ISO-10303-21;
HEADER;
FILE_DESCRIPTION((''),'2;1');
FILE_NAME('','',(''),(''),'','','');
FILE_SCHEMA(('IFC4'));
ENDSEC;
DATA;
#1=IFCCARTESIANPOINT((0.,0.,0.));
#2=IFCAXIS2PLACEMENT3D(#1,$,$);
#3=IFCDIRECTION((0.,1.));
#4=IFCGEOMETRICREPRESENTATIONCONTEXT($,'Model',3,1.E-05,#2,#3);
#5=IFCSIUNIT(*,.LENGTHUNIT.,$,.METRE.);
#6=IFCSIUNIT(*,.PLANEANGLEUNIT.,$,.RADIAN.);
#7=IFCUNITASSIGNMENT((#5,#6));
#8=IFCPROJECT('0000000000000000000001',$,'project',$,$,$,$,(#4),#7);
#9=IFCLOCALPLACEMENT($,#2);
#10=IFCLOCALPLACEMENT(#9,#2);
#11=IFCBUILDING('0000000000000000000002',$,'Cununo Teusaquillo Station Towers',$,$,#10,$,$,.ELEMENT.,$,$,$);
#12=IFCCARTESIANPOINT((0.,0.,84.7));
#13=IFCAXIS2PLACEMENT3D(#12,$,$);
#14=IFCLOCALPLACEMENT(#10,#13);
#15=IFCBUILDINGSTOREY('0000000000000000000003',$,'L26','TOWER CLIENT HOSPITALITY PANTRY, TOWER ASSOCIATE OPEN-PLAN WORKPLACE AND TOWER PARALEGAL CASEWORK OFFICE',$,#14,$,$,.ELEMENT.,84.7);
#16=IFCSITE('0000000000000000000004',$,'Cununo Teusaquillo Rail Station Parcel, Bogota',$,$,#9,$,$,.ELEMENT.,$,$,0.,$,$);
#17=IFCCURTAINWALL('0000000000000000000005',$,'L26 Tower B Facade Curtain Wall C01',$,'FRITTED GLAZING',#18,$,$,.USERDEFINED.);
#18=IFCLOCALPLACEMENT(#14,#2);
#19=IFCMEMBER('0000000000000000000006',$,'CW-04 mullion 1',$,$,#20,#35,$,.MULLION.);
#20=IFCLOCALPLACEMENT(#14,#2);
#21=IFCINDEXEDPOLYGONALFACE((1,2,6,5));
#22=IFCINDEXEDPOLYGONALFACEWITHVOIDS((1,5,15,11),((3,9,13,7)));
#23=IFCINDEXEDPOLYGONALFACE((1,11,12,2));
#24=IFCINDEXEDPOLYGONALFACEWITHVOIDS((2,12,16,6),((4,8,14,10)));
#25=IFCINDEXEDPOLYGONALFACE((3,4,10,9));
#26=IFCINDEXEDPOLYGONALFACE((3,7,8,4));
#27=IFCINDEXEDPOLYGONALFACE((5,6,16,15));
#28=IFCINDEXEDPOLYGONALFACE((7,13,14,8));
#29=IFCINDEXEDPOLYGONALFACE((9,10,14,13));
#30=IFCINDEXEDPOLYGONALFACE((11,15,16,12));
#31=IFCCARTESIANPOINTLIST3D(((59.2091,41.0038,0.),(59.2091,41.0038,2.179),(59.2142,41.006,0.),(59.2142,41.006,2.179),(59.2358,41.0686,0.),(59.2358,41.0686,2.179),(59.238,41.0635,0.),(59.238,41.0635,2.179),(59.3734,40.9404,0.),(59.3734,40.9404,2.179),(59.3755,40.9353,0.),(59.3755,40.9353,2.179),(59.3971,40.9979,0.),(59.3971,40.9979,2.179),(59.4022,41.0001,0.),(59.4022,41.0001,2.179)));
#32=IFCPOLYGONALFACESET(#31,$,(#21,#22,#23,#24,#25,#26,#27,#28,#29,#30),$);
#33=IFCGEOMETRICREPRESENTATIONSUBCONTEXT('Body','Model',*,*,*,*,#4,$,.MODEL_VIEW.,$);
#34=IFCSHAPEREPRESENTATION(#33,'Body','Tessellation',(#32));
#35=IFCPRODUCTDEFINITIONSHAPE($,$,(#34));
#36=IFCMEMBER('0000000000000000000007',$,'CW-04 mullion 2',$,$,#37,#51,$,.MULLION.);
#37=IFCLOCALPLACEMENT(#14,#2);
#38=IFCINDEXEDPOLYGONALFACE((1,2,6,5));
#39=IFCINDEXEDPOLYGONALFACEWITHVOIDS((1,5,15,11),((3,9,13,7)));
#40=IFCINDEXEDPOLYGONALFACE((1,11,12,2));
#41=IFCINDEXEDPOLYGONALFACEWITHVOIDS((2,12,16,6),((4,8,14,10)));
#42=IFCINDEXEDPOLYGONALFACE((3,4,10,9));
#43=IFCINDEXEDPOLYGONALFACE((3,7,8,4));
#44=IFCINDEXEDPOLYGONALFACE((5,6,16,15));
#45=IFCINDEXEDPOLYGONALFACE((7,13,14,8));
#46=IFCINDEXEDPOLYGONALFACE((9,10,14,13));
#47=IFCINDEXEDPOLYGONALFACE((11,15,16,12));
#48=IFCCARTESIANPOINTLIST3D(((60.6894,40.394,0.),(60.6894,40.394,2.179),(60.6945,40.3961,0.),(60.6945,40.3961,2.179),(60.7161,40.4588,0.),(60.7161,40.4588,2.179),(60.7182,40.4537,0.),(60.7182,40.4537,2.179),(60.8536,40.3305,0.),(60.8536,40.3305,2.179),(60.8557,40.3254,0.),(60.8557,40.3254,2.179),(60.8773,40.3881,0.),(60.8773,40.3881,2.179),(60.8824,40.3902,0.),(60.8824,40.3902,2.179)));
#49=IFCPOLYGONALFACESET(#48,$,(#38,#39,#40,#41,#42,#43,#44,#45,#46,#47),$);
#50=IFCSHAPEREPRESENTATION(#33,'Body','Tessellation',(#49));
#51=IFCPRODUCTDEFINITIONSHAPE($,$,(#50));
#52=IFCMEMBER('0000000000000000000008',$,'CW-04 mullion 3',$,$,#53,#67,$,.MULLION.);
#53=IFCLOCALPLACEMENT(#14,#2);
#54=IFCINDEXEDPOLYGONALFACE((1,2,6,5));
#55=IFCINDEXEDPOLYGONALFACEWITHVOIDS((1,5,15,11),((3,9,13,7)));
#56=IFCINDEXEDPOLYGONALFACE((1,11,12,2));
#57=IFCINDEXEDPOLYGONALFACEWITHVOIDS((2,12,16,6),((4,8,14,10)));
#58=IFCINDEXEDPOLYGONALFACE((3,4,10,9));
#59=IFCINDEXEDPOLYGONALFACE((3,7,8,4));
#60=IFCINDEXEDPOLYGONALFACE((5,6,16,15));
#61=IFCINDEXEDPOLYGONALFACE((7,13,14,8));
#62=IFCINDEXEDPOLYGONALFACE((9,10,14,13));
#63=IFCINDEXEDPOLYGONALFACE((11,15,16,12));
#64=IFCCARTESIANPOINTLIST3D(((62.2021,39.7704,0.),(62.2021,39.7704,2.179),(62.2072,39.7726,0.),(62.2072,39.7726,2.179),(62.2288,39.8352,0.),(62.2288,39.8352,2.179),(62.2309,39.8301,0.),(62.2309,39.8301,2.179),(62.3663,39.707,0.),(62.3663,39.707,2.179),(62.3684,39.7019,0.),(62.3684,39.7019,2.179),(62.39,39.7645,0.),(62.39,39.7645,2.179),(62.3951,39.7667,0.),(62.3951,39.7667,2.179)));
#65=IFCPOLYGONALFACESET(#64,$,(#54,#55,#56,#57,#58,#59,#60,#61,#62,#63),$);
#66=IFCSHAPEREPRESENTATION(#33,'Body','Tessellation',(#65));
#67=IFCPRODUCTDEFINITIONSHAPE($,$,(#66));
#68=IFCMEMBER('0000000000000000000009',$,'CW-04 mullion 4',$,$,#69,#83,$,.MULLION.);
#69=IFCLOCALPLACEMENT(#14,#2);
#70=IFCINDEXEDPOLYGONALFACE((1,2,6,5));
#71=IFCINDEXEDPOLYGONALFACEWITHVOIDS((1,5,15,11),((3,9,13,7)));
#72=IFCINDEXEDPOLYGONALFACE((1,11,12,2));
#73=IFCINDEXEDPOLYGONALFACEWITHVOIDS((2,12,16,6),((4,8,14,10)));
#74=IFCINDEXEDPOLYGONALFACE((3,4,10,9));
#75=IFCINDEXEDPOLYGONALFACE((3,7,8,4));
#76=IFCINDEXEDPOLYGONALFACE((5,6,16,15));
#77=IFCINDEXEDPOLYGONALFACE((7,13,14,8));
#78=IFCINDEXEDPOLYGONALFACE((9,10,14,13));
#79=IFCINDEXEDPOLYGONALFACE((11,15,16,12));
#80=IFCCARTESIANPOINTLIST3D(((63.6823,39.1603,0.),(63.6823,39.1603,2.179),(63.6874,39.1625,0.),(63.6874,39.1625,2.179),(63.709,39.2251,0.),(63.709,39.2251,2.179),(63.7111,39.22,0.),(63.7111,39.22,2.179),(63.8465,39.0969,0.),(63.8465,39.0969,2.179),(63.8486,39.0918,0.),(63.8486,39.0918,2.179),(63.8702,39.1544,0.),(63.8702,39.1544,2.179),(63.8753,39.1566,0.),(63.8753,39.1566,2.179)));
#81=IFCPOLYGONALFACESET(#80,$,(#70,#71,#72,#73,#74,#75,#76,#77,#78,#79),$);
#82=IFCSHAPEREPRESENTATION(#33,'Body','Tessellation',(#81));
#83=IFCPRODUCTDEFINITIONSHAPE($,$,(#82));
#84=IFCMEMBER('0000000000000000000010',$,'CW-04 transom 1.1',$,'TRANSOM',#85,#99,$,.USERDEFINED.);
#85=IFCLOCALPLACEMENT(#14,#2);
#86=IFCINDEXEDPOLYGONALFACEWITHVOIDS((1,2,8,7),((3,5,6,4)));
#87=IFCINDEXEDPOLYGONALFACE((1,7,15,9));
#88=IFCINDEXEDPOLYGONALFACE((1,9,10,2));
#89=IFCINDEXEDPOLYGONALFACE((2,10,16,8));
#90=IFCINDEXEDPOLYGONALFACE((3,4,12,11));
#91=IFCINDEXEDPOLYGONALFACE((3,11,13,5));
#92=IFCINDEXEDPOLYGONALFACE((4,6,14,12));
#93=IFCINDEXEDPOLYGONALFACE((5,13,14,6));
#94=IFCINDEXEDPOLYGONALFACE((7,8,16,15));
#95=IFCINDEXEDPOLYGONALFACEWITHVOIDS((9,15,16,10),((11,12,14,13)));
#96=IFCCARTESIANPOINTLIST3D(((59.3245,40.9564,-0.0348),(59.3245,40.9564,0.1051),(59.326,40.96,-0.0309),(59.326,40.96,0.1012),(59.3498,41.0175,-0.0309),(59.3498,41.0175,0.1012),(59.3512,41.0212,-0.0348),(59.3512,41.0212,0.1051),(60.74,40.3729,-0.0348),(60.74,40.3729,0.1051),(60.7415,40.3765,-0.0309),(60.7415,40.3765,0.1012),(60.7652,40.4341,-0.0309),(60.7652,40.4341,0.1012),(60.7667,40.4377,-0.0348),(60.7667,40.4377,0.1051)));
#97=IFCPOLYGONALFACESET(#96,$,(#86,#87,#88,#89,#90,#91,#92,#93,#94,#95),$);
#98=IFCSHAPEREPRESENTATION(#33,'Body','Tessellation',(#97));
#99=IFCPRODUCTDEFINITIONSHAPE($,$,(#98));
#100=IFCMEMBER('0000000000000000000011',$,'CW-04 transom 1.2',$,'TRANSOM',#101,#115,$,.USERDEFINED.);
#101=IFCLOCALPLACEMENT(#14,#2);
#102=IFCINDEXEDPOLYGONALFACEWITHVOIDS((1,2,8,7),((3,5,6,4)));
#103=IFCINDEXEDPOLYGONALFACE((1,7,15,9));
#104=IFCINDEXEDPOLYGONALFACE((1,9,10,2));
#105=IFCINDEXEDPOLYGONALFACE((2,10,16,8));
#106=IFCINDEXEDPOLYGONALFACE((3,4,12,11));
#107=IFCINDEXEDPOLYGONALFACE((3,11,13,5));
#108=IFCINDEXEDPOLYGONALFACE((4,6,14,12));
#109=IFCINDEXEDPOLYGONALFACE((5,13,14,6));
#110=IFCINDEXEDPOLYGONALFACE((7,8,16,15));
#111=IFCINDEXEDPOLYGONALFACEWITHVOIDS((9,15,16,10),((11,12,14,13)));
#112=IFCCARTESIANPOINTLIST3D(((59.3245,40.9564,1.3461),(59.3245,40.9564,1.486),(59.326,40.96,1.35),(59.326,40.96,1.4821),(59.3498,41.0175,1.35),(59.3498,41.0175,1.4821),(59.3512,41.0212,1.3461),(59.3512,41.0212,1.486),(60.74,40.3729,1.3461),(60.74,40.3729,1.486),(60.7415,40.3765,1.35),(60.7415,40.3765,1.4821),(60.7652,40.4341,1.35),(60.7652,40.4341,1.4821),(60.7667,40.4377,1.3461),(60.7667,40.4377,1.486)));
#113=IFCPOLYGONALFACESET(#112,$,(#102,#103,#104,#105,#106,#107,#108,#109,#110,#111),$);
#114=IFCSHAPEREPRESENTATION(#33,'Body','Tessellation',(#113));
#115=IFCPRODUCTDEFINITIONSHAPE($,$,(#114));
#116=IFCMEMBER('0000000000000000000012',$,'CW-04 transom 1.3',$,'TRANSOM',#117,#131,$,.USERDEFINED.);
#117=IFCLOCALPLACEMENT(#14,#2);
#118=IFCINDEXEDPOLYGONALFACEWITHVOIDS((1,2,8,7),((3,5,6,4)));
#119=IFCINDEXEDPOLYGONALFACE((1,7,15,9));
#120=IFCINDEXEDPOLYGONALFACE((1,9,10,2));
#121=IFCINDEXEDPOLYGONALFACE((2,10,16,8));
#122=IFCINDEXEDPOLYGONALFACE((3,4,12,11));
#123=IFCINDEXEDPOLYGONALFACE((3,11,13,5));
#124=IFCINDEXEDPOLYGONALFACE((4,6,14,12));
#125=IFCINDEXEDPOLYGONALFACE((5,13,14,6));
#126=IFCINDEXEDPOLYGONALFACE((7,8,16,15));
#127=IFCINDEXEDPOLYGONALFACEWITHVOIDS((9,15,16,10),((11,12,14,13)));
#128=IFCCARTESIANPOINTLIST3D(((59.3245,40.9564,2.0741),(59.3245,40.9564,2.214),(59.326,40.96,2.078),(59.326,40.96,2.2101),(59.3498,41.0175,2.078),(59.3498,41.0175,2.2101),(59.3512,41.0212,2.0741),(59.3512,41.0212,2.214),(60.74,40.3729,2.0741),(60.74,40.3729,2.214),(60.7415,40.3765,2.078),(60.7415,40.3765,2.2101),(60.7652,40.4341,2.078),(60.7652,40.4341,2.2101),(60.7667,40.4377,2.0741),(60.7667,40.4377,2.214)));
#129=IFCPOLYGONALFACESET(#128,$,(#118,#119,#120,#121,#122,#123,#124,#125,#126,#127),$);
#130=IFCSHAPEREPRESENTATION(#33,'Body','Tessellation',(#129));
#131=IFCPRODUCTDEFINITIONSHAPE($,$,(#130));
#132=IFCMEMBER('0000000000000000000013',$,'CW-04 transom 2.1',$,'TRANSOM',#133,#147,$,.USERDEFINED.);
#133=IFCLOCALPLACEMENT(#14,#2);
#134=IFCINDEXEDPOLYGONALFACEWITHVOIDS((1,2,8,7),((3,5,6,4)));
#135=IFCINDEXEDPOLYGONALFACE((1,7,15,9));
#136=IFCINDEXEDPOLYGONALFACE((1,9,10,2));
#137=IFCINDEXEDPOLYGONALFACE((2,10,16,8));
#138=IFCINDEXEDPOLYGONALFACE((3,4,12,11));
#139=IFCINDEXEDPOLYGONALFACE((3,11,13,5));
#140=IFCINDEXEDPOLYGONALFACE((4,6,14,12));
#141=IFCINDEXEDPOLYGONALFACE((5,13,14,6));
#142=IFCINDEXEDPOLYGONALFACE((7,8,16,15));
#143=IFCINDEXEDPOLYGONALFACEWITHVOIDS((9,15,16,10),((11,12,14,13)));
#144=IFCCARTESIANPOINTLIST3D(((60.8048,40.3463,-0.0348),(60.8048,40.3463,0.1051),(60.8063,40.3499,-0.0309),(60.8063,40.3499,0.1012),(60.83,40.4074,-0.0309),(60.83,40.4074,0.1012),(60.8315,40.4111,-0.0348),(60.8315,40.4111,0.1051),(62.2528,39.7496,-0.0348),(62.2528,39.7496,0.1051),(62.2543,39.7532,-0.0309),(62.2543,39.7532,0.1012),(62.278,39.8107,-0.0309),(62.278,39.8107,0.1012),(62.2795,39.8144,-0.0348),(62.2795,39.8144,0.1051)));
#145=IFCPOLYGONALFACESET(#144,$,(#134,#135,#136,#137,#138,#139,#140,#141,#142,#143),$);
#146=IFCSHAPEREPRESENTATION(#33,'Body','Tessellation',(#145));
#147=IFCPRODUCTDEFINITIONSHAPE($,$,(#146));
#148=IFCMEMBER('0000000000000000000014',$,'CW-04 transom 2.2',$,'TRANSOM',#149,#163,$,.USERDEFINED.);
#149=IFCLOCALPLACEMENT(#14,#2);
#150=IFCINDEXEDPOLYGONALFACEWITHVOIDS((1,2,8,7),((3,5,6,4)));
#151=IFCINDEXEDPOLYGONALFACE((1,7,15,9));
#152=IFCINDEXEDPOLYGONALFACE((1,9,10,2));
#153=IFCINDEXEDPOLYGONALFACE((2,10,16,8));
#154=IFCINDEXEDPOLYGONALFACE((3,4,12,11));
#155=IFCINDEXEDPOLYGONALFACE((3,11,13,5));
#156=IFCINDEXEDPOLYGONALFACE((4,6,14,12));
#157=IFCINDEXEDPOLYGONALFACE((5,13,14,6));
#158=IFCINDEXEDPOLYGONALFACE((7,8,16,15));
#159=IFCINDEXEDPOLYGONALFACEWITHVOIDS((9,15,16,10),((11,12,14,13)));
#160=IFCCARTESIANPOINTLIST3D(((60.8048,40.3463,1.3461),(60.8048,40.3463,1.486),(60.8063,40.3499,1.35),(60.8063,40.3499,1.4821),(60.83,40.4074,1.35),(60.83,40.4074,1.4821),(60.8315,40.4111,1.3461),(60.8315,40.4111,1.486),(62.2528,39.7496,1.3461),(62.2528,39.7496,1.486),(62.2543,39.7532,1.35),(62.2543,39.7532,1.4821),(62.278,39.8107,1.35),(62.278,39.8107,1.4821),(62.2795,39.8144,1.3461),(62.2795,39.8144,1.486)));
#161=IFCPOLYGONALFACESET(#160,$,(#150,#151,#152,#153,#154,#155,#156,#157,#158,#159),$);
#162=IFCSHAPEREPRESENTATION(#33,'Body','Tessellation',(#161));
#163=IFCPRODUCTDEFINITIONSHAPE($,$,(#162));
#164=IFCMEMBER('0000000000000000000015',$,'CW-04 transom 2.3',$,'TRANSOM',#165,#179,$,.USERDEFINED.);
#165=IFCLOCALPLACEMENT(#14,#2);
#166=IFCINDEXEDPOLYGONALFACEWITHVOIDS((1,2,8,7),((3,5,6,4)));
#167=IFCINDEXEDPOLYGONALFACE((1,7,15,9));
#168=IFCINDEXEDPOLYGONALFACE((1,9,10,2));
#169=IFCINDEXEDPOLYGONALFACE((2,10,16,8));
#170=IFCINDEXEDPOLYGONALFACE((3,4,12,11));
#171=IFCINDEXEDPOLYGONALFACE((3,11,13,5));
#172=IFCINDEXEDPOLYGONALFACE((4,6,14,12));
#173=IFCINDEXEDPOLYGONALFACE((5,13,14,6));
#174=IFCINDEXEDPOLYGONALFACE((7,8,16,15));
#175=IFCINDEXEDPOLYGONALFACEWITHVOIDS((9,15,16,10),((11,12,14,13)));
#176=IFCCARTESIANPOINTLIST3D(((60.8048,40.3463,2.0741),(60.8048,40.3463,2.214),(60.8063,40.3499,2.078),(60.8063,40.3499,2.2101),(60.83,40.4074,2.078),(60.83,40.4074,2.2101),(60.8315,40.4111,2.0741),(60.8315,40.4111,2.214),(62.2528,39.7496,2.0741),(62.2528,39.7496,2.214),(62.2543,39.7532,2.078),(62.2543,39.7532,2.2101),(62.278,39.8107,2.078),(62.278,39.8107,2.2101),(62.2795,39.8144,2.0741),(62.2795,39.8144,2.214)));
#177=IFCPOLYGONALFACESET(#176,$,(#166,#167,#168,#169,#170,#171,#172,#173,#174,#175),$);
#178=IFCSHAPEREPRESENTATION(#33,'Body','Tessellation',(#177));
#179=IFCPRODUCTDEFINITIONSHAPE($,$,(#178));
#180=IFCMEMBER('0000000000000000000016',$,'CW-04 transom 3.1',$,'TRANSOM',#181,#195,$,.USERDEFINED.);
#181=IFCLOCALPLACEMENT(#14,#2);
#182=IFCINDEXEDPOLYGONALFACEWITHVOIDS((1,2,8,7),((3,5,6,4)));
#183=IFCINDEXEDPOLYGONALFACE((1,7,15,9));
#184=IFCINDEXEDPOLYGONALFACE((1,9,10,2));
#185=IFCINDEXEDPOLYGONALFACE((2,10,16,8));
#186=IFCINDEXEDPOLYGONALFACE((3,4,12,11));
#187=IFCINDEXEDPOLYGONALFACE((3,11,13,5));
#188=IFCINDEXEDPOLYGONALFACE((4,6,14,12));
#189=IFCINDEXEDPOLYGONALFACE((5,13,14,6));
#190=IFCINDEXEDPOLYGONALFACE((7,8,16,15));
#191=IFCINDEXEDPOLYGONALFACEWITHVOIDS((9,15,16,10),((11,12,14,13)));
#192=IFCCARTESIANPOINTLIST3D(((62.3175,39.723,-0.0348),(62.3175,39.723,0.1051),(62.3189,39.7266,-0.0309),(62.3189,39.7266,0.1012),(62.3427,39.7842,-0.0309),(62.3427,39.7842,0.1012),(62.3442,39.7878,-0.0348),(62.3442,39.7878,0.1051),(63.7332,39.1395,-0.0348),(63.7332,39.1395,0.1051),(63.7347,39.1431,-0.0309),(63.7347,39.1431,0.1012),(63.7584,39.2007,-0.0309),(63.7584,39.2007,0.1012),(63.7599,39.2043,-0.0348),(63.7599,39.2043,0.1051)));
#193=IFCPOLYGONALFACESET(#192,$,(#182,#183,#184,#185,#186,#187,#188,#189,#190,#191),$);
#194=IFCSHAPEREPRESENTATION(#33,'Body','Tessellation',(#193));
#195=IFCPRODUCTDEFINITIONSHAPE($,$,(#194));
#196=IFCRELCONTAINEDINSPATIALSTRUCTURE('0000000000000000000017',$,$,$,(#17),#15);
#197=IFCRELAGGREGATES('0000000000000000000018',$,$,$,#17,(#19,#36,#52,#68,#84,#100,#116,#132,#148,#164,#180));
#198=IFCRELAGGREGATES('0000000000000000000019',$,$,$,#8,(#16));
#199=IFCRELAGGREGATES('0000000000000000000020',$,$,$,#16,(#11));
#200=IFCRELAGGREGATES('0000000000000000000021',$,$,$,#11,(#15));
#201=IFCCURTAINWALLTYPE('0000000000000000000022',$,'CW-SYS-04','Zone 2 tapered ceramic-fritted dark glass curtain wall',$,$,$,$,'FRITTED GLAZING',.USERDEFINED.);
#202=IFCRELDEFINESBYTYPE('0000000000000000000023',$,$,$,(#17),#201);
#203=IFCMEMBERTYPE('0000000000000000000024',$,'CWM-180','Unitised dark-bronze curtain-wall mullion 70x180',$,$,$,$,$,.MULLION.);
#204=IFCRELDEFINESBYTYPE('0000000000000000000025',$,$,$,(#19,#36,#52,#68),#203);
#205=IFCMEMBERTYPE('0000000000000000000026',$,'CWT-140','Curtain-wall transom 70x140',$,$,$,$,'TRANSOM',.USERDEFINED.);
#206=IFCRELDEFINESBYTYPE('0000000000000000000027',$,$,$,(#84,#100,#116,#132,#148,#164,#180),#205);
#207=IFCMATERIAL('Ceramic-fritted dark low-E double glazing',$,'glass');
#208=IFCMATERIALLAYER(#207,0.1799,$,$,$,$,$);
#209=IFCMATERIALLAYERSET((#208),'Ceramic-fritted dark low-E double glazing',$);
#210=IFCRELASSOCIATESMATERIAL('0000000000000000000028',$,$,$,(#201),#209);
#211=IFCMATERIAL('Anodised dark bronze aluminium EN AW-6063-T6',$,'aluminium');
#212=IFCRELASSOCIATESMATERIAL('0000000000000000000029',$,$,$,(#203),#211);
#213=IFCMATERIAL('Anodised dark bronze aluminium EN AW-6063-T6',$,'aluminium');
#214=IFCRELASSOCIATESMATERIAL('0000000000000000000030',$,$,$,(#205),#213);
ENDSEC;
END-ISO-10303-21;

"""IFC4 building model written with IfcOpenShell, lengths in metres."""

from ifc_helpers import new_model, si_unit, direction, frame, origin, origin_2d, place, context, subcontext, project, spatial, hollow_rectangle, extrude, material, layer, layer_set, material_profile, profile_set, type_object, element, aggregate, save


model = new_model("IFC4")

# Units and contexts
model_context = context("Model", 3, precision=1e-05, world=origin(), true_north=direction((0.0, 1.0)))
body_context = subcontext(model_context, "Body", "Model", "MODEL_VIEW")
ifc_project = project(units=[si_unit("LENGTHUNIT", "METRE"), si_unit("PLANEANGLEUNIT", "RADIAN")], contexts=[model_context])

# Site, building, storey
site_placement = place(None, origin())
site = spatial("IfcSite", under=ifc_project, at=site_placement, Name="Cununo Teusaquillo Rail Station Parcel, Bogota", CompositionType="ELEMENT", RefElevation=0.0)
building_placement = place(site_placement, origin())
building = spatial("IfcBuilding", under=site, at=building_placement, Name="Cununo Teusaquillo Station Towers", CompositionType="ELEMENT")
storey_placement = place(building_placement, frame((0.0, 0.0, 84.7)))
storey = spatial("IfcBuildingStorey", under=building, at=storey_placement, Name="L26", Description="TOWER CLIENT HOSPITALITY PANTRY, TOWER ASSOCIATE OPEN-PLAN WORKPLACE AND TOWER PARALEGAL CASEWORK OFFICE", CompositionType="ELEMENT", Elevation=84.7)

# Curtain wall, members
ifc_material_1 = material(Name="Ceramic-fritted dark low-E double glazing", Category="glass")
ifc_layer_1 = layer(ifc_material_1, 0.1799)
ifc_layer_set_1 = layer_set([ifc_layer_1], Name="Ceramic-fritted dark low-E double glazing")
curtain_wall_type = type_object("IfcCurtainWallType", Name="CW-SYS-04", Description="Zone 2 tapered ceramic-fritted dark glass curtain wall", ElementType="FRITTED GLAZING", PredefinedType="USERDEFINED", material=ifc_layer_set_1)
curtain_wall_placement = place(storey_placement, origin())
curtain_wall = element("IfcCurtainWall", 1, at=curtain_wall_placement, inside=storey, type_object=curtain_wall_type, Name="L26 Tower B Facade Curtain Wall C01", ObjectType="FRITTED GLAZING", PredefinedType="USERDEFINED")
ifc_material_2 = material(Name="Anodised dark bronze aluminium EN AW-6063-T6", Category="aluminium")
ifc_material_profile_1 = material_profile(ifc_material_2, hollow_rectangle(XDim=0.0701, YDim=0.1799, WallThickness=0.0039, at=origin_2d()), Name="CW-MULL-70x180")
ifc_profile_set_1 = profile_set([ifc_material_profile_1], Name="Anodised dark bronze aluminium EN AW-6063-T6")
member_type_1 = type_object("IfcMemberType", Name="CWM-180", Description="Unitised dark-bronze curtain-wall mullion 70x180", PredefinedType="MULLION", material=ifc_profile_set_1)
member_1_placement = place(storey_placement, frame((59.3057, 41.002, 0.0), z_axis=(0.0, 0.0, 1.0), x_axis=(0.381031, 0.924562, 0.0)))
member_1 = element("IfcMember", 2, at=member_1_placement, type_object=member_type_1, Name="CW-04 mullion 1", PredefinedType="MULLION", context=body_context, shape_type="SweptSolid", body=[
    extrude(hollow_rectangle(XDim=0.0701, YDim=0.1799, WallThickness=0.0039, at=origin_2d()), origin(), (0.0, 0.0, 1.0), 2.179),
])
member_2_placement = place(storey_placement, frame((60.7859, 40.3921, 0.0), z_axis=(0.0, 0.0, 1.0), x_axis=(0.381031, 0.924562, 0.0)))
member_2 = element("IfcMember", 3, at=member_2_placement, type_object=member_type_1, Name="CW-04 mullion 2", PredefinedType="MULLION", context=body_context, shape_type="SweptSolid", body=[
    extrude(hollow_rectangle(XDim=0.0701, YDim=0.1799, WallThickness=0.0039, at=origin_2d()), origin(), (0.0, 0.0, 1.0), 2.179),
])
member_3_placement = place(storey_placement, frame((62.2986, 39.7686, 0.0), z_axis=(0.0, 0.0, 1.0), x_axis=(0.381031, 0.924562, 0.0)))
member_3 = element("IfcMember", 4, at=member_3_placement, type_object=member_type_1, Name="CW-04 mullion 3", PredefinedType="MULLION", context=body_context, shape_type="SweptSolid", body=[
    extrude(hollow_rectangle(XDim=0.0701, YDim=0.1799, WallThickness=0.0039, at=origin_2d()), origin(), (0.0, 0.0, 1.0), 2.179),
])
member_4_placement = place(storey_placement, frame((63.7788, 39.1584, 0.0), z_axis=(0.0, 0.0, 1.0), x_axis=(0.381031, 0.924562, 0.0)))
member_4 = element("IfcMember", 5, at=member_4_placement, type_object=member_type_1, Name="CW-04 mullion 4", PredefinedType="MULLION", context=body_context, shape_type="SweptSolid", body=[
    extrude(hollow_rectangle(XDim=0.0701, YDim=0.1799, WallThickness=0.0039, at=origin_2d()), origin(), (0.0, 0.0, 1.0), 2.179),
])
ifc_material_3 = material(Name="Anodised dark bronze aluminium EN AW-6063-T6", Category="aluminium")
ifc_material_profile_2 = material_profile(ifc_material_3, hollow_rectangle(XDim=0.0701, YDim=0.1399, WallThickness=0.0039, at=origin_2d()), Name="CW-TRAN-70x140")
ifc_profile_set_2 = profile_set([ifc_material_profile_2], Name="Anodised dark bronze aluminium EN AW-6063-T6")
member_type_2 = type_object("IfcMemberType", Name="CWT-140", Description="Curtain-wall transom 70x140", ElementType="TRANSOM", PredefinedType="USERDEFINED", material=ifc_profile_set_2)
member_5_placement = place(storey_placement, frame((59.3379, 40.9888, 0.0352), z_axis=(0.924533, -0.381103, 0.0), x_axis=(0.381103, 0.924533, 0.0)))
member_5 = element("IfcMember", 6, at=member_5_placement, type_object=member_type_2, Name="CW-04 transom 1.1", ObjectType="TRANSOM", PredefinedType="USERDEFINED", context=body_context, shape_type="SweptSolid", body=[
    extrude(hollow_rectangle(XDim=0.0701, YDim=0.1399, WallThickness=0.0039, at=origin_2d()), origin(), (0.0, 0.0, 1.0), 1.531),
])
member_6_placement = place(storey_placement, frame((59.3379, 40.9888, 1.416), z_axis=(0.924533, -0.381103, 0.0), x_axis=(0.381103, 0.924533, 0.0)))
member_6 = element("IfcMember", 7, at=member_6_placement, type_object=member_type_2, Name="CW-04 transom 1.2", ObjectType="TRANSOM", PredefinedType="USERDEFINED", context=body_context, shape_type="SweptSolid", body=[
    extrude(hollow_rectangle(XDim=0.0701, YDim=0.1399, WallThickness=0.0039, at=origin_2d()), origin(), (0.0, 0.0, 1.0), 1.531),
])
member_7_placement = place(storey_placement, frame((59.3379, 40.9888, 2.144), z_axis=(0.924533, -0.381103, 0.0), x_axis=(0.381103, 0.924533, 0.0)))
member_7 = element("IfcMember", 8, at=member_7_placement, type_object=member_type_2, Name="CW-04 transom 1.3", ObjectType="TRANSOM", PredefinedType="USERDEFINED", context=body_context, shape_type="SweptSolid", body=[
    extrude(hollow_rectangle(XDim=0.0701, YDim=0.1399, WallThickness=0.0039, at=origin_2d()), origin(), (0.0, 0.0, 1.0), 1.531),
])
member_8_placement = place(storey_placement, frame((60.8181, 40.3787, 0.0352), z_axis=(0.924578, -0.380993, 0.0), x_axis=(0.380993, 0.924578, 0.0)))
member_8 = element("IfcMember", 9, at=member_8_placement, type_object=member_type_2, Name="CW-04 transom 2.1", ObjectType="TRANSOM", PredefinedType="USERDEFINED", context=body_context, shape_type="SweptSolid", body=[
    extrude(hollow_rectangle(XDim=0.0701, YDim=0.1399, WallThickness=0.0039, at=origin_2d()), origin(), (0.0, 0.0, 1.0), 1.5662),
])
member_9_placement = place(storey_placement, frame((60.8181, 40.3787, 1.416), z_axis=(0.924578, -0.380993, 0.0), x_axis=(0.380993, 0.924578, 0.0)))
member_9 = element("IfcMember", 10, at=member_9_placement, type_object=member_type_2, Name="CW-04 transom 2.2", ObjectType="TRANSOM", PredefinedType="USERDEFINED", context=body_context, shape_type="SweptSolid", body=[
    extrude(hollow_rectangle(XDim=0.0701, YDim=0.1399, WallThickness=0.0039, at=origin_2d()), origin(), (0.0, 0.0, 1.0), 1.5662),
])
member_10_placement = place(storey_placement, frame((60.8181, 40.3787, 2.144), z_axis=(0.924578, -0.380993, 0.0), x_axis=(0.380993, 0.924578, 0.0)))
member_10 = element("IfcMember", 11, at=member_10_placement, type_object=member_type_2, Name="CW-04 transom 2.3", ObjectType="TRANSOM", PredefinedType="USERDEFINED", context=body_context, shape_type="SweptSolid", body=[
    extrude(hollow_rectangle(XDim=0.0701, YDim=0.1399, WallThickness=0.0039, at=origin_2d()), origin(), (0.0, 0.0, 1.0), 1.5662),
])
member_11_placement = place(storey_placement, frame((62.3308, 39.7554, 0.0352), z_axis=(0.924556, -0.381046, 0.0), x_axis=(0.381046, 0.924556, 0.0)))
member_11 = element("IfcMember", 12, at=member_11_placement, type_object=member_type_2, Name="CW-04 transom 3.1", ObjectType="TRANSOM", PredefinedType="USERDEFINED", context=body_context, shape_type="SweptSolid", body=[
    extrude(hollow_rectangle(XDim=0.0701, YDim=0.1399, WallThickness=0.0039, at=origin_2d()), origin(), (0.0, 0.0, 1.0), 1.5312),
])

aggregate(curtain_wall, [member_1, member_2, member_3, member_4, member_5, member_6, member_7, member_8, member_9, member_10, member_11])

save(model, "model.ifc")
